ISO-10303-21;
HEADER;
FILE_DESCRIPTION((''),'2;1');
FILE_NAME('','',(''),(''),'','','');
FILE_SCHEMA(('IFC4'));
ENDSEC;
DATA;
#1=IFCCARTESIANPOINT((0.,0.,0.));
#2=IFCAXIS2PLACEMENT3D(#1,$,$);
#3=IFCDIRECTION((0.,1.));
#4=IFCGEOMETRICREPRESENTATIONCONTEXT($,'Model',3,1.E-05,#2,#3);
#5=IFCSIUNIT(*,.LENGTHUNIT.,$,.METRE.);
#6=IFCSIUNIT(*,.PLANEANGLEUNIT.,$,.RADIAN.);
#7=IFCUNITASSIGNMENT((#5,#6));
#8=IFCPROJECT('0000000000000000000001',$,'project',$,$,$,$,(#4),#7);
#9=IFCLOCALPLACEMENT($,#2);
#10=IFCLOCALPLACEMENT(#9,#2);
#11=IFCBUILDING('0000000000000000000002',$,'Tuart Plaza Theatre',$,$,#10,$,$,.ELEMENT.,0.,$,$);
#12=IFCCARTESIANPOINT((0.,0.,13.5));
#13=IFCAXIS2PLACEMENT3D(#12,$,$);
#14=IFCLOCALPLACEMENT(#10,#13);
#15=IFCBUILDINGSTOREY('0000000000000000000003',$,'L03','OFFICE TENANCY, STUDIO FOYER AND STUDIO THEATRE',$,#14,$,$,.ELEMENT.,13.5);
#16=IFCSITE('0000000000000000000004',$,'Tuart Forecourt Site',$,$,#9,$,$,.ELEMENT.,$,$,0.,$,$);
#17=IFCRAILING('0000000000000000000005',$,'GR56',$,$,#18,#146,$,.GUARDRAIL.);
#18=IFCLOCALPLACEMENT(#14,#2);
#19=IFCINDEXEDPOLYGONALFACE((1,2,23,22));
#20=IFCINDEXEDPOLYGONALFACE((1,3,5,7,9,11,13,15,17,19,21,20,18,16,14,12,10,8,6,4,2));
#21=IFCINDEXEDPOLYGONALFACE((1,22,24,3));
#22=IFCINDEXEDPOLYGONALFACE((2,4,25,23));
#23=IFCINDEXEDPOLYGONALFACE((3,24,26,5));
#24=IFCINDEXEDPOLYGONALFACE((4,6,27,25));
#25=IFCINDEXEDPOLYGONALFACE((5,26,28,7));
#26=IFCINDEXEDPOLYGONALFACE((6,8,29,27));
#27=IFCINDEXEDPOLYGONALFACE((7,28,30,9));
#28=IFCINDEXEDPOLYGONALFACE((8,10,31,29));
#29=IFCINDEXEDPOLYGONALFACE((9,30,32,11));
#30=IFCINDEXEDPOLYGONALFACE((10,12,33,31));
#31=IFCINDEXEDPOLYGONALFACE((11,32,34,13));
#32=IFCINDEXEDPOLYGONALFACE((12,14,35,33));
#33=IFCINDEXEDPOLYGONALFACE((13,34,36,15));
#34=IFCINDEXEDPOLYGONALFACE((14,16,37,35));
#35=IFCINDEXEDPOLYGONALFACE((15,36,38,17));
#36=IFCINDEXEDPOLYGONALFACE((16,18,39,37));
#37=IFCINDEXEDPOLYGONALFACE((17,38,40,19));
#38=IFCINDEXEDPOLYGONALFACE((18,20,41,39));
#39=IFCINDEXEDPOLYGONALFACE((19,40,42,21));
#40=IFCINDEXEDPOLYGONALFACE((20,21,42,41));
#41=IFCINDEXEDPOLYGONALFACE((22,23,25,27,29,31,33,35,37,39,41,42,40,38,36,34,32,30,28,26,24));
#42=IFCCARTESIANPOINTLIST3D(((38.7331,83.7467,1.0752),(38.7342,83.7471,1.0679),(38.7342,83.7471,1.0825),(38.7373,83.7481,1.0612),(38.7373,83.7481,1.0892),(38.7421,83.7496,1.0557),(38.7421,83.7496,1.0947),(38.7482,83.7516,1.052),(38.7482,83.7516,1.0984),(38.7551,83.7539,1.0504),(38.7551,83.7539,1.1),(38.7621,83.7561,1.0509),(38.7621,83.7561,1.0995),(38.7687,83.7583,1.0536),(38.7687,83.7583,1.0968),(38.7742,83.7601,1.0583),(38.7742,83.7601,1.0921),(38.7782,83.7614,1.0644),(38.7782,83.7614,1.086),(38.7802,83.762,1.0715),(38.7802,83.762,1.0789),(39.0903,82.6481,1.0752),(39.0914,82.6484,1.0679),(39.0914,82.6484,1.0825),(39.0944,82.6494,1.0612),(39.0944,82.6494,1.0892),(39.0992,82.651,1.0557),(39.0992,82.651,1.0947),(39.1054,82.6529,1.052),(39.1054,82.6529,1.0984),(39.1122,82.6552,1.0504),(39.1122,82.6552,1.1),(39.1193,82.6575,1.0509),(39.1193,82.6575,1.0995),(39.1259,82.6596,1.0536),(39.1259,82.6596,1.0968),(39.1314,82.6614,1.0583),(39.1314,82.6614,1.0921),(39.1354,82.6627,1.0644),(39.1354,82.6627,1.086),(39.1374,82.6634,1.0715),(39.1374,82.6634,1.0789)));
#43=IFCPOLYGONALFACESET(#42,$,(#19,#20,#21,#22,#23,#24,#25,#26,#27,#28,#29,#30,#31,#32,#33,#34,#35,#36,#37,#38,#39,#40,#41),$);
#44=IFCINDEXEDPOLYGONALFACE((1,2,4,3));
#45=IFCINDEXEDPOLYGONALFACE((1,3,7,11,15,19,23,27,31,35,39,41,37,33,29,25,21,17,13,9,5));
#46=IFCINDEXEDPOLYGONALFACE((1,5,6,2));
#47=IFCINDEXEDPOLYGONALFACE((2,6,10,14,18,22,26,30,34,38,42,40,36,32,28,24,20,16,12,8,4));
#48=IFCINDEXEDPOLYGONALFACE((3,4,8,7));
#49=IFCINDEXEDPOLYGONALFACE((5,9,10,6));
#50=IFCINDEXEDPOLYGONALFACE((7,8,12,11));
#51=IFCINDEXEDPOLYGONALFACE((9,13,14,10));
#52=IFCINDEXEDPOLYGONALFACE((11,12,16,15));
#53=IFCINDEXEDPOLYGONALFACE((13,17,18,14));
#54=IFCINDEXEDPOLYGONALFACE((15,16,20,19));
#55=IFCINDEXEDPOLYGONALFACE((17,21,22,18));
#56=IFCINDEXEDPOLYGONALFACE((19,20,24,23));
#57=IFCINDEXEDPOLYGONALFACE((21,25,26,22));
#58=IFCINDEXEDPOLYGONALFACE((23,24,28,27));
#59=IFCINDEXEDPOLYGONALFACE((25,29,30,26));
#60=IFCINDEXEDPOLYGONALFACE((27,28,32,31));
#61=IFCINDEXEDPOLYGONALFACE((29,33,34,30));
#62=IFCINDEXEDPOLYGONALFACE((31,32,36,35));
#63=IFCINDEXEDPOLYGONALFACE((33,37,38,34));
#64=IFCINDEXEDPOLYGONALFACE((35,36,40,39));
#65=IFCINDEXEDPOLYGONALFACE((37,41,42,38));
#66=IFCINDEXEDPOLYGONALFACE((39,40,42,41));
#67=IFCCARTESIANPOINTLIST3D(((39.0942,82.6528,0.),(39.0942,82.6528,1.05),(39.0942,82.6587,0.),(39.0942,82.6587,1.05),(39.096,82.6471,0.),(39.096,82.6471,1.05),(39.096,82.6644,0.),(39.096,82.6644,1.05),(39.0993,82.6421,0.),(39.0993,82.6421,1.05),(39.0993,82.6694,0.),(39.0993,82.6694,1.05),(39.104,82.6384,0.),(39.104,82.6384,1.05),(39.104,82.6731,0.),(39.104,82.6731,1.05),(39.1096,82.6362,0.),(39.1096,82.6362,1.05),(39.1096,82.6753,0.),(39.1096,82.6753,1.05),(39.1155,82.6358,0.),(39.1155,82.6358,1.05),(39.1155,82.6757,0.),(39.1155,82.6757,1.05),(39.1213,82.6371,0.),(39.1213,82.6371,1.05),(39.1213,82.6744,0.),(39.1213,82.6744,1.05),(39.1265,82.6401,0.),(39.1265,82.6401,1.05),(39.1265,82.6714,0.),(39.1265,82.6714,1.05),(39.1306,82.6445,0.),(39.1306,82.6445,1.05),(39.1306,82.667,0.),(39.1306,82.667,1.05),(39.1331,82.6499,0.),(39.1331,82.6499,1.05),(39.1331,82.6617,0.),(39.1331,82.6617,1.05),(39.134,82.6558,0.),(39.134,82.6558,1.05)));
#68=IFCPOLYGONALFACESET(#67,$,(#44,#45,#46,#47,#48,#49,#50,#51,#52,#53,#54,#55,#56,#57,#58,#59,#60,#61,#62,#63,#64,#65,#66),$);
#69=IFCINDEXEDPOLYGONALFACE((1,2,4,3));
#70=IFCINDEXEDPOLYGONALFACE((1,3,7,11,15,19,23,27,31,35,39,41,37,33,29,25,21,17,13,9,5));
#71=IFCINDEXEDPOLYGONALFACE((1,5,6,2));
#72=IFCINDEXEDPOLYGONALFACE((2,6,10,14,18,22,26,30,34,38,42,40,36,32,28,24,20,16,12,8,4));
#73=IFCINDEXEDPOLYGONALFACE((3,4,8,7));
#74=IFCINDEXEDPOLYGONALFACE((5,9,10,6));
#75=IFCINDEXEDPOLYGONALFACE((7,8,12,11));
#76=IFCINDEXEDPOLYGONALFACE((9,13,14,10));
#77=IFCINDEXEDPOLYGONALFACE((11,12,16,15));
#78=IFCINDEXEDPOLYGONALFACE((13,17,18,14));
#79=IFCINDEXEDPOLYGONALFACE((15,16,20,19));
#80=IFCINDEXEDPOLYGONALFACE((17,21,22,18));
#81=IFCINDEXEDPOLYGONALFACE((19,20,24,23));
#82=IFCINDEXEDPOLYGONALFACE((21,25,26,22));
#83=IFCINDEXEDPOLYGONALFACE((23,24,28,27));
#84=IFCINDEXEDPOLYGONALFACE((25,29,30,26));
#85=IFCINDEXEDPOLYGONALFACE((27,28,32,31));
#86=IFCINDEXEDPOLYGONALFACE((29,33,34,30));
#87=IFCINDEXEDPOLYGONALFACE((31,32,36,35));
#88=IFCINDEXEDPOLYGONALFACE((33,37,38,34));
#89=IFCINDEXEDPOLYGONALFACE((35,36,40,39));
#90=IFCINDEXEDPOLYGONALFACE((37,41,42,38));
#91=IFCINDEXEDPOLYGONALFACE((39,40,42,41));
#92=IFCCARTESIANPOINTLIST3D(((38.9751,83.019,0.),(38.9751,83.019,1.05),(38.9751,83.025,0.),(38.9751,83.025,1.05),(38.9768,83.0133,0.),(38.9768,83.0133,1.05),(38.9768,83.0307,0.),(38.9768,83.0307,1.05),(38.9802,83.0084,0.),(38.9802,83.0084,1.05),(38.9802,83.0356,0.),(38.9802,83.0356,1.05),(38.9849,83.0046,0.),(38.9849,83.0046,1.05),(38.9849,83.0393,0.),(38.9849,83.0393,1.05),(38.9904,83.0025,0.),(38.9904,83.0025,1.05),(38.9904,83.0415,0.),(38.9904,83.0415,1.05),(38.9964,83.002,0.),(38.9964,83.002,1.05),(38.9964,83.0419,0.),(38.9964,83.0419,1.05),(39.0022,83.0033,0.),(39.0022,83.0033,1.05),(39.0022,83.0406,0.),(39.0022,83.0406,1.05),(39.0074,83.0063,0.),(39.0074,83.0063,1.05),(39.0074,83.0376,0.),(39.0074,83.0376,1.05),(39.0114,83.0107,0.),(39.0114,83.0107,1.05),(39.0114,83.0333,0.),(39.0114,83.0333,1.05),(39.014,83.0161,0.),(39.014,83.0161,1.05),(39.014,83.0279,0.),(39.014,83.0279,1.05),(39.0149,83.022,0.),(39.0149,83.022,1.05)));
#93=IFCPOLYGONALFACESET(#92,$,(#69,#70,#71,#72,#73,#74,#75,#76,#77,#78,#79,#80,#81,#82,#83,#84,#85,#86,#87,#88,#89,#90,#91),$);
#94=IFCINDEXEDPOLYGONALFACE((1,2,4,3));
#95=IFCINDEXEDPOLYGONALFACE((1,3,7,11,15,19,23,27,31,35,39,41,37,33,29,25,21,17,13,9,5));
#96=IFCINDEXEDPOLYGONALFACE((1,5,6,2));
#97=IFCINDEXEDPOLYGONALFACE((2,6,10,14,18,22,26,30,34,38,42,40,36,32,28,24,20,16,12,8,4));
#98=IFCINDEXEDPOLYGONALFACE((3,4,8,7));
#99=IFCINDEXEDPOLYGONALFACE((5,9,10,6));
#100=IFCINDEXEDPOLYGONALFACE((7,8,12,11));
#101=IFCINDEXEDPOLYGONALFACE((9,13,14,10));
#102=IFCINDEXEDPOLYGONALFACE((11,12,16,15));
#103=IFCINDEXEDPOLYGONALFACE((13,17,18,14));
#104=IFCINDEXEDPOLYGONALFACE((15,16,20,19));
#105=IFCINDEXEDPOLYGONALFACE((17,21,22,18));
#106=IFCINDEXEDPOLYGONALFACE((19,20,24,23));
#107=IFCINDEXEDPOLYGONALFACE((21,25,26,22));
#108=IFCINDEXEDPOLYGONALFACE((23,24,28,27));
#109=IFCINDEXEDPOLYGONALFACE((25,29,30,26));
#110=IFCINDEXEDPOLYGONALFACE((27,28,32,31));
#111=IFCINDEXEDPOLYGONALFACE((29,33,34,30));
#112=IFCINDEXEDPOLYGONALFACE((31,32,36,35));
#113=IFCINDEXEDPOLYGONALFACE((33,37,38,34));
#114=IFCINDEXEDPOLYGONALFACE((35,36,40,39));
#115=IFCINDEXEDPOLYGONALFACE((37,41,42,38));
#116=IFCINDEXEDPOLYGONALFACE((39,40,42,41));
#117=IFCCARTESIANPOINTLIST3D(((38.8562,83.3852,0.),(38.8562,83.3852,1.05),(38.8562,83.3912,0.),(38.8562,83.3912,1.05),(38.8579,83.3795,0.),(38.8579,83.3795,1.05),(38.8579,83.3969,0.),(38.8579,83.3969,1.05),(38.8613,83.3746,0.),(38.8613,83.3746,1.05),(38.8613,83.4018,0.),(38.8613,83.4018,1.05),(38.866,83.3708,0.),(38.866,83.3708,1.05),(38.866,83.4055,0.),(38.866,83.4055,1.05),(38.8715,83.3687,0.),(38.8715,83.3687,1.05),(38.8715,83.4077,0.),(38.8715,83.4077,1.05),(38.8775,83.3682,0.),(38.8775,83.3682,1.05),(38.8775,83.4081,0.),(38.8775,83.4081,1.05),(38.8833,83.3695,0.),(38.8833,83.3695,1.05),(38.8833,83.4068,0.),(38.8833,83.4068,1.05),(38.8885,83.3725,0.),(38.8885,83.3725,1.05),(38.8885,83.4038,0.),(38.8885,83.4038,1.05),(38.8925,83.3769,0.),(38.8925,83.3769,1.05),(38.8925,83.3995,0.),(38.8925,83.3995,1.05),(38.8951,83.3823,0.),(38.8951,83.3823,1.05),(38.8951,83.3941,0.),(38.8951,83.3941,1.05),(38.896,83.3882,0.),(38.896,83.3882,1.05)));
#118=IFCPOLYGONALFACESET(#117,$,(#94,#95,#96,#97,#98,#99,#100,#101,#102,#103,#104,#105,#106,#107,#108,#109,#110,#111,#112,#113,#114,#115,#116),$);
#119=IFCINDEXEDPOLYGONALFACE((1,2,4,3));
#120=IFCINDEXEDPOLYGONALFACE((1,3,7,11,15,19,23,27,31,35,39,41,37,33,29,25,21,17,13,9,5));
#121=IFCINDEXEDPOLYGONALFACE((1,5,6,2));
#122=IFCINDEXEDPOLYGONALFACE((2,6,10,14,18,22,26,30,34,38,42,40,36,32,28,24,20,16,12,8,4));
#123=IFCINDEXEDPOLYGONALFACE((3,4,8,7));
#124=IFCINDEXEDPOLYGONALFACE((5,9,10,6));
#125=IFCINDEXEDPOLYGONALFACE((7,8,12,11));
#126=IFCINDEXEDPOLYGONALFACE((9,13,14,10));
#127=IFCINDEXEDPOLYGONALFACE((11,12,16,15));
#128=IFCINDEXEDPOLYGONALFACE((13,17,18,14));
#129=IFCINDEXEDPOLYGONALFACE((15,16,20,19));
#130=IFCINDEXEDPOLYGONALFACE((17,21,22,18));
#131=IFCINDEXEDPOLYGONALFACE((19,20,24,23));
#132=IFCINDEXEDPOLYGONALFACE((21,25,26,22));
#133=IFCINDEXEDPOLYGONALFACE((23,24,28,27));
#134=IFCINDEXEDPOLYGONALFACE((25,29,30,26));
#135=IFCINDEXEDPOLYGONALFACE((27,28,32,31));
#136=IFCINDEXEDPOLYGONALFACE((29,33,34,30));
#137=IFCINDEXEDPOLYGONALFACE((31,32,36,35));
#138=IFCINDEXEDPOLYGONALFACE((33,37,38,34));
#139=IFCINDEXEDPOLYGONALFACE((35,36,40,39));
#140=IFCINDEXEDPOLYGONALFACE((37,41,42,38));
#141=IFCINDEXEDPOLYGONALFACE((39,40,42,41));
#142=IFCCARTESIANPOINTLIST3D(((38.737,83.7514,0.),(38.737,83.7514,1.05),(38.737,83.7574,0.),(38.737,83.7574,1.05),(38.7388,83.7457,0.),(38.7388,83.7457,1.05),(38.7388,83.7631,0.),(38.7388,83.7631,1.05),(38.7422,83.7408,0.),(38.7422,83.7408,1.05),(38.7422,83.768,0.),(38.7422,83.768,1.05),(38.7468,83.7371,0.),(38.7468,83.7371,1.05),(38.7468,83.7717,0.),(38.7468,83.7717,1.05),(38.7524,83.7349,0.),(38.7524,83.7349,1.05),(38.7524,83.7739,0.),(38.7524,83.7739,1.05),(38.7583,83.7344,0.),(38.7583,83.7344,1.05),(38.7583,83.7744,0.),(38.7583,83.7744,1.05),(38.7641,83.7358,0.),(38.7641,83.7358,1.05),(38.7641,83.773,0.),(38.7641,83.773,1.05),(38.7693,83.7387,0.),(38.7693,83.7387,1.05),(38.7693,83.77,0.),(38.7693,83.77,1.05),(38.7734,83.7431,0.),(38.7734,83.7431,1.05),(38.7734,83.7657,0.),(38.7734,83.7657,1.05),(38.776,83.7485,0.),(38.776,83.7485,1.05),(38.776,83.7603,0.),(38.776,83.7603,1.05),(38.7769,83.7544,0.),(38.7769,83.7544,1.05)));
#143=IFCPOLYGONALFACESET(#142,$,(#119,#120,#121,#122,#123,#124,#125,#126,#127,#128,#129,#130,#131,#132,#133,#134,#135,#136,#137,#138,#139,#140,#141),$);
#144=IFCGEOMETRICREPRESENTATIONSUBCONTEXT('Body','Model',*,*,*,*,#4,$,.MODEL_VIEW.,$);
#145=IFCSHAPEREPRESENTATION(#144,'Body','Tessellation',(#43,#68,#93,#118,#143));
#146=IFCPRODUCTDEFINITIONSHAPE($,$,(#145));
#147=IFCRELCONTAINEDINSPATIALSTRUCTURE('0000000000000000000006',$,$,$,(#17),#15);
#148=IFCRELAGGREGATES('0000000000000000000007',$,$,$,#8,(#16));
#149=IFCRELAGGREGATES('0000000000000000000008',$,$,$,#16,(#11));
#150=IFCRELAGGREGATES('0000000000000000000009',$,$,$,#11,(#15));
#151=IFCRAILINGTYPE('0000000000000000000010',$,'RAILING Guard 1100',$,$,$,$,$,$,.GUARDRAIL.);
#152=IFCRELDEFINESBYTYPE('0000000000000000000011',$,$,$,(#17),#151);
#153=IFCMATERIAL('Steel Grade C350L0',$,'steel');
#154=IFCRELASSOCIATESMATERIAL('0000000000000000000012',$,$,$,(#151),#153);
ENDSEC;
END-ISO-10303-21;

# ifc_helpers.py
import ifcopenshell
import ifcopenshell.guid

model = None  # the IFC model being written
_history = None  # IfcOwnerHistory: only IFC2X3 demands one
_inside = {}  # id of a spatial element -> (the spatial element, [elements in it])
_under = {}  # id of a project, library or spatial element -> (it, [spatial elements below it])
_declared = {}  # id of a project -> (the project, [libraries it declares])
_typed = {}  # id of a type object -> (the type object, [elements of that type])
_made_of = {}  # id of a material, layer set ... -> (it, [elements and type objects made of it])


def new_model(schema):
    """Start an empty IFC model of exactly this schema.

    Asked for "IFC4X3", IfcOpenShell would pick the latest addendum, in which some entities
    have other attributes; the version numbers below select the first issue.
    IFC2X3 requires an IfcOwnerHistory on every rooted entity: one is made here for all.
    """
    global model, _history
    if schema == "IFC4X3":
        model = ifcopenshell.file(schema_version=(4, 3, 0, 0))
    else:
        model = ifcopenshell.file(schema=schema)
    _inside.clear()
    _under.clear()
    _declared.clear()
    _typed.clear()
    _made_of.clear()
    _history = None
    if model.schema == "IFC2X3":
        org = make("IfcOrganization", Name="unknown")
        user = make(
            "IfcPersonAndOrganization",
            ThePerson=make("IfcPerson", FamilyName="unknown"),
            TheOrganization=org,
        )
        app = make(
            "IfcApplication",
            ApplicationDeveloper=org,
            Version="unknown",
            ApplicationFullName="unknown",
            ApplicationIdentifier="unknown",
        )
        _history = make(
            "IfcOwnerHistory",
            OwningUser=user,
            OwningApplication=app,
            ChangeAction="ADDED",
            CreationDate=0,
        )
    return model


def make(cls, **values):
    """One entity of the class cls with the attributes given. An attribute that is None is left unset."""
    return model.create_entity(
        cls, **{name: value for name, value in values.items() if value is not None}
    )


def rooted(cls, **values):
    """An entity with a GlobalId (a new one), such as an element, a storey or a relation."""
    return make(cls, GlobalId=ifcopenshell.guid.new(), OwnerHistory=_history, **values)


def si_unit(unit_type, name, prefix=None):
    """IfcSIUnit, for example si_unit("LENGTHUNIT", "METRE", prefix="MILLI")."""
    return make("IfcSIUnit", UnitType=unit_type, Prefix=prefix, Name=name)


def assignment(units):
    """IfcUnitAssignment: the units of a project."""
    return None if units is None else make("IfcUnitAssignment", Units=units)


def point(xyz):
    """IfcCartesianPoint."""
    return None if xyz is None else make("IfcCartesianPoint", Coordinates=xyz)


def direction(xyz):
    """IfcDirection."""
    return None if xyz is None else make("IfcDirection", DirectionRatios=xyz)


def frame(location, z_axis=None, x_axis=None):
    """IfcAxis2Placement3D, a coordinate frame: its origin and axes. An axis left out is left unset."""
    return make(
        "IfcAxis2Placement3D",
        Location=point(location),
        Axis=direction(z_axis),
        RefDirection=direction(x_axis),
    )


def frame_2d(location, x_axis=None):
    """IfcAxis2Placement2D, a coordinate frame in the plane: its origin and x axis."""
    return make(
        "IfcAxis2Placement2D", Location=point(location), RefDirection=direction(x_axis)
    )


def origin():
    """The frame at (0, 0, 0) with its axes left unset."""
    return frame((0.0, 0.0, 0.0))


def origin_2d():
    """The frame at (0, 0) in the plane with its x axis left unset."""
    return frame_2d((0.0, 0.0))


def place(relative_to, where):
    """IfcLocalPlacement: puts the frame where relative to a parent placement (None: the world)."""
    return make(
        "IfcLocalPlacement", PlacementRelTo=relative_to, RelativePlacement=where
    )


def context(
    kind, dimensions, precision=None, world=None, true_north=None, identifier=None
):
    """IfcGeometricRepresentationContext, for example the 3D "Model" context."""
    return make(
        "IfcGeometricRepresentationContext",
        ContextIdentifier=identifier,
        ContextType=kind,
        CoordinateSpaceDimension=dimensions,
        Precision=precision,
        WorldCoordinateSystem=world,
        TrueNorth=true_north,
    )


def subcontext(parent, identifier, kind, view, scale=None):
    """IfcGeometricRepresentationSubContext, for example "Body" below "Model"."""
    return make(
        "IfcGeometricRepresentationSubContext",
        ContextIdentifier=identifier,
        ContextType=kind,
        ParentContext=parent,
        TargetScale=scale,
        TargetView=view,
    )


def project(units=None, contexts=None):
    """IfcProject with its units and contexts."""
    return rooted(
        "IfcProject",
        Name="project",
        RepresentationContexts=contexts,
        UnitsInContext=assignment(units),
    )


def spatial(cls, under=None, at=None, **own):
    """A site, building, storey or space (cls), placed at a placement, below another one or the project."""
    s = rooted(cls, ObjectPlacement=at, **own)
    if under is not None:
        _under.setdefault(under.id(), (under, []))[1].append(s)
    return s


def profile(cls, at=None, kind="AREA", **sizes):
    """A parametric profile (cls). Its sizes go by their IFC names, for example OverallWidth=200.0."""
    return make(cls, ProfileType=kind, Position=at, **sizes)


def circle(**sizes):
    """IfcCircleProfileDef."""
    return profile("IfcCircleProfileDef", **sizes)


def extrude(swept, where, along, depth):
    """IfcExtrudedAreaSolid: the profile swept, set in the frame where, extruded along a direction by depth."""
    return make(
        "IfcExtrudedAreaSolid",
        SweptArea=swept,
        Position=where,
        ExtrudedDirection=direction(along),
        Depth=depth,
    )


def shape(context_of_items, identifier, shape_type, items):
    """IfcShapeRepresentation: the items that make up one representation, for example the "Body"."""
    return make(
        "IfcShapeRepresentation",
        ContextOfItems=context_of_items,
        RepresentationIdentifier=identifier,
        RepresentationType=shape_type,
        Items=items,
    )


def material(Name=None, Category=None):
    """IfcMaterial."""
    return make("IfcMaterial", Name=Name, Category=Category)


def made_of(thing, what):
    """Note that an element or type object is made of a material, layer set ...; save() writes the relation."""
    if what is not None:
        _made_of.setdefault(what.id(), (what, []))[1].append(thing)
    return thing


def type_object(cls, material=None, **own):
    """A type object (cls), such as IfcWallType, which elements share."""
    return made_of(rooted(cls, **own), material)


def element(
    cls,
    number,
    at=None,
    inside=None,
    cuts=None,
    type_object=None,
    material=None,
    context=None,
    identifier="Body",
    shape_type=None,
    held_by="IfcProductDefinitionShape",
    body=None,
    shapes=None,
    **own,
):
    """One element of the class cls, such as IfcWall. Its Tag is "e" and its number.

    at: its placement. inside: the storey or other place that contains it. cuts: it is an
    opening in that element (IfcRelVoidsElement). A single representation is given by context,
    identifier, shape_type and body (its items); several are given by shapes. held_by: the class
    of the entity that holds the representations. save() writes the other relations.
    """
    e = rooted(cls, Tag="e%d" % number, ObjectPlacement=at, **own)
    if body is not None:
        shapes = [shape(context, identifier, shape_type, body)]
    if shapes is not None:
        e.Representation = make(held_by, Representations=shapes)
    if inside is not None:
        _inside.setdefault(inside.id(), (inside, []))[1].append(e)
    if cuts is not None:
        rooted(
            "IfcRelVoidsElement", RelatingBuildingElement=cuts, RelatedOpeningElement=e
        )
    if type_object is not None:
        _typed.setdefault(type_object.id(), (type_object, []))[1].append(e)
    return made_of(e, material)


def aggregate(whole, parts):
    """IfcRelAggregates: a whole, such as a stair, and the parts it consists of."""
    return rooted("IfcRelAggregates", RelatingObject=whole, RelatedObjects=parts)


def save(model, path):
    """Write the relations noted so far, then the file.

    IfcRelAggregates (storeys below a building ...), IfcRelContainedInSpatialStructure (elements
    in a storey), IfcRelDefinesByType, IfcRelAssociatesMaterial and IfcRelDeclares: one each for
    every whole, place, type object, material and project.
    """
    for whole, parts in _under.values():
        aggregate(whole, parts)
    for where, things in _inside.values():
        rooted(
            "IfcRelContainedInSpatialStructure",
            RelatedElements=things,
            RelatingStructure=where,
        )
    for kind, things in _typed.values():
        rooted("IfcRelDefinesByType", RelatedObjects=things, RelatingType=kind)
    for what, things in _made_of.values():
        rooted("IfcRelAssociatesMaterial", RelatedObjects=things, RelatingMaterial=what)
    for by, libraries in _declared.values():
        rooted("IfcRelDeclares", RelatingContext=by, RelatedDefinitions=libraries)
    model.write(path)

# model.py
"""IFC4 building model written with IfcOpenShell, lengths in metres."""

from ifc_helpers import new_model, si_unit, direction, frame, origin, origin_2d, place, context, subcontext, project, spatial, circle, extrude, material, type_object, element, save


model = new_model("IFC4")

# Units and contexts
model_context = context("Model", 3, precision=1e-05, world=origin(), true_north=direction((0.0, 1.0)))
body_context = subcontext(model_context, "Body", "Model", "MODEL_VIEW")
ifc_project = project(units=[si_unit("LENGTHUNIT", "METRE"), si_unit("PLANEANGLEUNIT", "RADIAN")], contexts=[model_context])

# Site, building, storey
site_placement = place(None, origin())
site = spatial("IfcSite", under=ifc_project, at=site_placement, Name="Tuart Forecourt Site", CompositionType="ELEMENT", RefElevation=0.0)
building_placement = place(site_placement, origin())
building = spatial("IfcBuilding", under=site, at=building_placement, Name="Tuart Plaza Theatre", CompositionType="ELEMENT", ElevationOfRefHeight=0.0)
storey_placement = place(building_placement, frame((0.0, 0.0, 13.5)))
storey = spatial("IfcBuildingStorey", under=building, at=storey_placement, Name="L03", Description="OFFICE TENANCY, STUDIO FOYER AND STUDIO THEATRE", CompositionType="ELEMENT", Elevation=13.5)

# Railing
ifc_material_1 = material(Name="Steel Grade C350L0", Category="steel")
railing_type_1 = type_object("IfcRailingType", Name="RAILING Guard 1100", PredefinedType="GUARDRAIL", material=ifc_material_1)
railing_1_placement = place(storey_placement, frame((39.114, 82.6558, 0.0)))
element("IfcRailing", 1, at=railing_1_placement, inside=storey, type_object=railing_type_1, Name="GR56", PredefinedType="GUARDRAIL", context=body_context, shape_type="SweptSolid", body=[
    extrude(circle(Radius=0.0249, at=origin_2d()), frame((0.0, 0.0, 1.0752), z_axis=(-0.309182, 0.951003, 0.0), x_axis=(-0.951003, -0.309182, 0.0)), (0.0, 0.0, 1.0), 1.1553),
    extrude(circle(Radius=0.02, at=origin_2d()), origin(), (0.0, 0.0, 1.0), 1.05),
    extrude(circle(Radius=0.02, at=origin_2d()), frame((-0.1191, 0.3662, 0.0)), (0.0, 0.0, 1.0), 1.05),
    extrude(circle(Radius=0.02, at=origin_2d()), frame((-0.238, 0.7324, 0.0)), (0.0, 0.0, 1.0), 1.05),
    extrude(circle(Radius=0.02, at=origin_2d()), frame((-0.3572, 1.0986, 0.0)), (0.0, 0.0, 1.0), 1.05),
])

save(model, "model.ifc")
